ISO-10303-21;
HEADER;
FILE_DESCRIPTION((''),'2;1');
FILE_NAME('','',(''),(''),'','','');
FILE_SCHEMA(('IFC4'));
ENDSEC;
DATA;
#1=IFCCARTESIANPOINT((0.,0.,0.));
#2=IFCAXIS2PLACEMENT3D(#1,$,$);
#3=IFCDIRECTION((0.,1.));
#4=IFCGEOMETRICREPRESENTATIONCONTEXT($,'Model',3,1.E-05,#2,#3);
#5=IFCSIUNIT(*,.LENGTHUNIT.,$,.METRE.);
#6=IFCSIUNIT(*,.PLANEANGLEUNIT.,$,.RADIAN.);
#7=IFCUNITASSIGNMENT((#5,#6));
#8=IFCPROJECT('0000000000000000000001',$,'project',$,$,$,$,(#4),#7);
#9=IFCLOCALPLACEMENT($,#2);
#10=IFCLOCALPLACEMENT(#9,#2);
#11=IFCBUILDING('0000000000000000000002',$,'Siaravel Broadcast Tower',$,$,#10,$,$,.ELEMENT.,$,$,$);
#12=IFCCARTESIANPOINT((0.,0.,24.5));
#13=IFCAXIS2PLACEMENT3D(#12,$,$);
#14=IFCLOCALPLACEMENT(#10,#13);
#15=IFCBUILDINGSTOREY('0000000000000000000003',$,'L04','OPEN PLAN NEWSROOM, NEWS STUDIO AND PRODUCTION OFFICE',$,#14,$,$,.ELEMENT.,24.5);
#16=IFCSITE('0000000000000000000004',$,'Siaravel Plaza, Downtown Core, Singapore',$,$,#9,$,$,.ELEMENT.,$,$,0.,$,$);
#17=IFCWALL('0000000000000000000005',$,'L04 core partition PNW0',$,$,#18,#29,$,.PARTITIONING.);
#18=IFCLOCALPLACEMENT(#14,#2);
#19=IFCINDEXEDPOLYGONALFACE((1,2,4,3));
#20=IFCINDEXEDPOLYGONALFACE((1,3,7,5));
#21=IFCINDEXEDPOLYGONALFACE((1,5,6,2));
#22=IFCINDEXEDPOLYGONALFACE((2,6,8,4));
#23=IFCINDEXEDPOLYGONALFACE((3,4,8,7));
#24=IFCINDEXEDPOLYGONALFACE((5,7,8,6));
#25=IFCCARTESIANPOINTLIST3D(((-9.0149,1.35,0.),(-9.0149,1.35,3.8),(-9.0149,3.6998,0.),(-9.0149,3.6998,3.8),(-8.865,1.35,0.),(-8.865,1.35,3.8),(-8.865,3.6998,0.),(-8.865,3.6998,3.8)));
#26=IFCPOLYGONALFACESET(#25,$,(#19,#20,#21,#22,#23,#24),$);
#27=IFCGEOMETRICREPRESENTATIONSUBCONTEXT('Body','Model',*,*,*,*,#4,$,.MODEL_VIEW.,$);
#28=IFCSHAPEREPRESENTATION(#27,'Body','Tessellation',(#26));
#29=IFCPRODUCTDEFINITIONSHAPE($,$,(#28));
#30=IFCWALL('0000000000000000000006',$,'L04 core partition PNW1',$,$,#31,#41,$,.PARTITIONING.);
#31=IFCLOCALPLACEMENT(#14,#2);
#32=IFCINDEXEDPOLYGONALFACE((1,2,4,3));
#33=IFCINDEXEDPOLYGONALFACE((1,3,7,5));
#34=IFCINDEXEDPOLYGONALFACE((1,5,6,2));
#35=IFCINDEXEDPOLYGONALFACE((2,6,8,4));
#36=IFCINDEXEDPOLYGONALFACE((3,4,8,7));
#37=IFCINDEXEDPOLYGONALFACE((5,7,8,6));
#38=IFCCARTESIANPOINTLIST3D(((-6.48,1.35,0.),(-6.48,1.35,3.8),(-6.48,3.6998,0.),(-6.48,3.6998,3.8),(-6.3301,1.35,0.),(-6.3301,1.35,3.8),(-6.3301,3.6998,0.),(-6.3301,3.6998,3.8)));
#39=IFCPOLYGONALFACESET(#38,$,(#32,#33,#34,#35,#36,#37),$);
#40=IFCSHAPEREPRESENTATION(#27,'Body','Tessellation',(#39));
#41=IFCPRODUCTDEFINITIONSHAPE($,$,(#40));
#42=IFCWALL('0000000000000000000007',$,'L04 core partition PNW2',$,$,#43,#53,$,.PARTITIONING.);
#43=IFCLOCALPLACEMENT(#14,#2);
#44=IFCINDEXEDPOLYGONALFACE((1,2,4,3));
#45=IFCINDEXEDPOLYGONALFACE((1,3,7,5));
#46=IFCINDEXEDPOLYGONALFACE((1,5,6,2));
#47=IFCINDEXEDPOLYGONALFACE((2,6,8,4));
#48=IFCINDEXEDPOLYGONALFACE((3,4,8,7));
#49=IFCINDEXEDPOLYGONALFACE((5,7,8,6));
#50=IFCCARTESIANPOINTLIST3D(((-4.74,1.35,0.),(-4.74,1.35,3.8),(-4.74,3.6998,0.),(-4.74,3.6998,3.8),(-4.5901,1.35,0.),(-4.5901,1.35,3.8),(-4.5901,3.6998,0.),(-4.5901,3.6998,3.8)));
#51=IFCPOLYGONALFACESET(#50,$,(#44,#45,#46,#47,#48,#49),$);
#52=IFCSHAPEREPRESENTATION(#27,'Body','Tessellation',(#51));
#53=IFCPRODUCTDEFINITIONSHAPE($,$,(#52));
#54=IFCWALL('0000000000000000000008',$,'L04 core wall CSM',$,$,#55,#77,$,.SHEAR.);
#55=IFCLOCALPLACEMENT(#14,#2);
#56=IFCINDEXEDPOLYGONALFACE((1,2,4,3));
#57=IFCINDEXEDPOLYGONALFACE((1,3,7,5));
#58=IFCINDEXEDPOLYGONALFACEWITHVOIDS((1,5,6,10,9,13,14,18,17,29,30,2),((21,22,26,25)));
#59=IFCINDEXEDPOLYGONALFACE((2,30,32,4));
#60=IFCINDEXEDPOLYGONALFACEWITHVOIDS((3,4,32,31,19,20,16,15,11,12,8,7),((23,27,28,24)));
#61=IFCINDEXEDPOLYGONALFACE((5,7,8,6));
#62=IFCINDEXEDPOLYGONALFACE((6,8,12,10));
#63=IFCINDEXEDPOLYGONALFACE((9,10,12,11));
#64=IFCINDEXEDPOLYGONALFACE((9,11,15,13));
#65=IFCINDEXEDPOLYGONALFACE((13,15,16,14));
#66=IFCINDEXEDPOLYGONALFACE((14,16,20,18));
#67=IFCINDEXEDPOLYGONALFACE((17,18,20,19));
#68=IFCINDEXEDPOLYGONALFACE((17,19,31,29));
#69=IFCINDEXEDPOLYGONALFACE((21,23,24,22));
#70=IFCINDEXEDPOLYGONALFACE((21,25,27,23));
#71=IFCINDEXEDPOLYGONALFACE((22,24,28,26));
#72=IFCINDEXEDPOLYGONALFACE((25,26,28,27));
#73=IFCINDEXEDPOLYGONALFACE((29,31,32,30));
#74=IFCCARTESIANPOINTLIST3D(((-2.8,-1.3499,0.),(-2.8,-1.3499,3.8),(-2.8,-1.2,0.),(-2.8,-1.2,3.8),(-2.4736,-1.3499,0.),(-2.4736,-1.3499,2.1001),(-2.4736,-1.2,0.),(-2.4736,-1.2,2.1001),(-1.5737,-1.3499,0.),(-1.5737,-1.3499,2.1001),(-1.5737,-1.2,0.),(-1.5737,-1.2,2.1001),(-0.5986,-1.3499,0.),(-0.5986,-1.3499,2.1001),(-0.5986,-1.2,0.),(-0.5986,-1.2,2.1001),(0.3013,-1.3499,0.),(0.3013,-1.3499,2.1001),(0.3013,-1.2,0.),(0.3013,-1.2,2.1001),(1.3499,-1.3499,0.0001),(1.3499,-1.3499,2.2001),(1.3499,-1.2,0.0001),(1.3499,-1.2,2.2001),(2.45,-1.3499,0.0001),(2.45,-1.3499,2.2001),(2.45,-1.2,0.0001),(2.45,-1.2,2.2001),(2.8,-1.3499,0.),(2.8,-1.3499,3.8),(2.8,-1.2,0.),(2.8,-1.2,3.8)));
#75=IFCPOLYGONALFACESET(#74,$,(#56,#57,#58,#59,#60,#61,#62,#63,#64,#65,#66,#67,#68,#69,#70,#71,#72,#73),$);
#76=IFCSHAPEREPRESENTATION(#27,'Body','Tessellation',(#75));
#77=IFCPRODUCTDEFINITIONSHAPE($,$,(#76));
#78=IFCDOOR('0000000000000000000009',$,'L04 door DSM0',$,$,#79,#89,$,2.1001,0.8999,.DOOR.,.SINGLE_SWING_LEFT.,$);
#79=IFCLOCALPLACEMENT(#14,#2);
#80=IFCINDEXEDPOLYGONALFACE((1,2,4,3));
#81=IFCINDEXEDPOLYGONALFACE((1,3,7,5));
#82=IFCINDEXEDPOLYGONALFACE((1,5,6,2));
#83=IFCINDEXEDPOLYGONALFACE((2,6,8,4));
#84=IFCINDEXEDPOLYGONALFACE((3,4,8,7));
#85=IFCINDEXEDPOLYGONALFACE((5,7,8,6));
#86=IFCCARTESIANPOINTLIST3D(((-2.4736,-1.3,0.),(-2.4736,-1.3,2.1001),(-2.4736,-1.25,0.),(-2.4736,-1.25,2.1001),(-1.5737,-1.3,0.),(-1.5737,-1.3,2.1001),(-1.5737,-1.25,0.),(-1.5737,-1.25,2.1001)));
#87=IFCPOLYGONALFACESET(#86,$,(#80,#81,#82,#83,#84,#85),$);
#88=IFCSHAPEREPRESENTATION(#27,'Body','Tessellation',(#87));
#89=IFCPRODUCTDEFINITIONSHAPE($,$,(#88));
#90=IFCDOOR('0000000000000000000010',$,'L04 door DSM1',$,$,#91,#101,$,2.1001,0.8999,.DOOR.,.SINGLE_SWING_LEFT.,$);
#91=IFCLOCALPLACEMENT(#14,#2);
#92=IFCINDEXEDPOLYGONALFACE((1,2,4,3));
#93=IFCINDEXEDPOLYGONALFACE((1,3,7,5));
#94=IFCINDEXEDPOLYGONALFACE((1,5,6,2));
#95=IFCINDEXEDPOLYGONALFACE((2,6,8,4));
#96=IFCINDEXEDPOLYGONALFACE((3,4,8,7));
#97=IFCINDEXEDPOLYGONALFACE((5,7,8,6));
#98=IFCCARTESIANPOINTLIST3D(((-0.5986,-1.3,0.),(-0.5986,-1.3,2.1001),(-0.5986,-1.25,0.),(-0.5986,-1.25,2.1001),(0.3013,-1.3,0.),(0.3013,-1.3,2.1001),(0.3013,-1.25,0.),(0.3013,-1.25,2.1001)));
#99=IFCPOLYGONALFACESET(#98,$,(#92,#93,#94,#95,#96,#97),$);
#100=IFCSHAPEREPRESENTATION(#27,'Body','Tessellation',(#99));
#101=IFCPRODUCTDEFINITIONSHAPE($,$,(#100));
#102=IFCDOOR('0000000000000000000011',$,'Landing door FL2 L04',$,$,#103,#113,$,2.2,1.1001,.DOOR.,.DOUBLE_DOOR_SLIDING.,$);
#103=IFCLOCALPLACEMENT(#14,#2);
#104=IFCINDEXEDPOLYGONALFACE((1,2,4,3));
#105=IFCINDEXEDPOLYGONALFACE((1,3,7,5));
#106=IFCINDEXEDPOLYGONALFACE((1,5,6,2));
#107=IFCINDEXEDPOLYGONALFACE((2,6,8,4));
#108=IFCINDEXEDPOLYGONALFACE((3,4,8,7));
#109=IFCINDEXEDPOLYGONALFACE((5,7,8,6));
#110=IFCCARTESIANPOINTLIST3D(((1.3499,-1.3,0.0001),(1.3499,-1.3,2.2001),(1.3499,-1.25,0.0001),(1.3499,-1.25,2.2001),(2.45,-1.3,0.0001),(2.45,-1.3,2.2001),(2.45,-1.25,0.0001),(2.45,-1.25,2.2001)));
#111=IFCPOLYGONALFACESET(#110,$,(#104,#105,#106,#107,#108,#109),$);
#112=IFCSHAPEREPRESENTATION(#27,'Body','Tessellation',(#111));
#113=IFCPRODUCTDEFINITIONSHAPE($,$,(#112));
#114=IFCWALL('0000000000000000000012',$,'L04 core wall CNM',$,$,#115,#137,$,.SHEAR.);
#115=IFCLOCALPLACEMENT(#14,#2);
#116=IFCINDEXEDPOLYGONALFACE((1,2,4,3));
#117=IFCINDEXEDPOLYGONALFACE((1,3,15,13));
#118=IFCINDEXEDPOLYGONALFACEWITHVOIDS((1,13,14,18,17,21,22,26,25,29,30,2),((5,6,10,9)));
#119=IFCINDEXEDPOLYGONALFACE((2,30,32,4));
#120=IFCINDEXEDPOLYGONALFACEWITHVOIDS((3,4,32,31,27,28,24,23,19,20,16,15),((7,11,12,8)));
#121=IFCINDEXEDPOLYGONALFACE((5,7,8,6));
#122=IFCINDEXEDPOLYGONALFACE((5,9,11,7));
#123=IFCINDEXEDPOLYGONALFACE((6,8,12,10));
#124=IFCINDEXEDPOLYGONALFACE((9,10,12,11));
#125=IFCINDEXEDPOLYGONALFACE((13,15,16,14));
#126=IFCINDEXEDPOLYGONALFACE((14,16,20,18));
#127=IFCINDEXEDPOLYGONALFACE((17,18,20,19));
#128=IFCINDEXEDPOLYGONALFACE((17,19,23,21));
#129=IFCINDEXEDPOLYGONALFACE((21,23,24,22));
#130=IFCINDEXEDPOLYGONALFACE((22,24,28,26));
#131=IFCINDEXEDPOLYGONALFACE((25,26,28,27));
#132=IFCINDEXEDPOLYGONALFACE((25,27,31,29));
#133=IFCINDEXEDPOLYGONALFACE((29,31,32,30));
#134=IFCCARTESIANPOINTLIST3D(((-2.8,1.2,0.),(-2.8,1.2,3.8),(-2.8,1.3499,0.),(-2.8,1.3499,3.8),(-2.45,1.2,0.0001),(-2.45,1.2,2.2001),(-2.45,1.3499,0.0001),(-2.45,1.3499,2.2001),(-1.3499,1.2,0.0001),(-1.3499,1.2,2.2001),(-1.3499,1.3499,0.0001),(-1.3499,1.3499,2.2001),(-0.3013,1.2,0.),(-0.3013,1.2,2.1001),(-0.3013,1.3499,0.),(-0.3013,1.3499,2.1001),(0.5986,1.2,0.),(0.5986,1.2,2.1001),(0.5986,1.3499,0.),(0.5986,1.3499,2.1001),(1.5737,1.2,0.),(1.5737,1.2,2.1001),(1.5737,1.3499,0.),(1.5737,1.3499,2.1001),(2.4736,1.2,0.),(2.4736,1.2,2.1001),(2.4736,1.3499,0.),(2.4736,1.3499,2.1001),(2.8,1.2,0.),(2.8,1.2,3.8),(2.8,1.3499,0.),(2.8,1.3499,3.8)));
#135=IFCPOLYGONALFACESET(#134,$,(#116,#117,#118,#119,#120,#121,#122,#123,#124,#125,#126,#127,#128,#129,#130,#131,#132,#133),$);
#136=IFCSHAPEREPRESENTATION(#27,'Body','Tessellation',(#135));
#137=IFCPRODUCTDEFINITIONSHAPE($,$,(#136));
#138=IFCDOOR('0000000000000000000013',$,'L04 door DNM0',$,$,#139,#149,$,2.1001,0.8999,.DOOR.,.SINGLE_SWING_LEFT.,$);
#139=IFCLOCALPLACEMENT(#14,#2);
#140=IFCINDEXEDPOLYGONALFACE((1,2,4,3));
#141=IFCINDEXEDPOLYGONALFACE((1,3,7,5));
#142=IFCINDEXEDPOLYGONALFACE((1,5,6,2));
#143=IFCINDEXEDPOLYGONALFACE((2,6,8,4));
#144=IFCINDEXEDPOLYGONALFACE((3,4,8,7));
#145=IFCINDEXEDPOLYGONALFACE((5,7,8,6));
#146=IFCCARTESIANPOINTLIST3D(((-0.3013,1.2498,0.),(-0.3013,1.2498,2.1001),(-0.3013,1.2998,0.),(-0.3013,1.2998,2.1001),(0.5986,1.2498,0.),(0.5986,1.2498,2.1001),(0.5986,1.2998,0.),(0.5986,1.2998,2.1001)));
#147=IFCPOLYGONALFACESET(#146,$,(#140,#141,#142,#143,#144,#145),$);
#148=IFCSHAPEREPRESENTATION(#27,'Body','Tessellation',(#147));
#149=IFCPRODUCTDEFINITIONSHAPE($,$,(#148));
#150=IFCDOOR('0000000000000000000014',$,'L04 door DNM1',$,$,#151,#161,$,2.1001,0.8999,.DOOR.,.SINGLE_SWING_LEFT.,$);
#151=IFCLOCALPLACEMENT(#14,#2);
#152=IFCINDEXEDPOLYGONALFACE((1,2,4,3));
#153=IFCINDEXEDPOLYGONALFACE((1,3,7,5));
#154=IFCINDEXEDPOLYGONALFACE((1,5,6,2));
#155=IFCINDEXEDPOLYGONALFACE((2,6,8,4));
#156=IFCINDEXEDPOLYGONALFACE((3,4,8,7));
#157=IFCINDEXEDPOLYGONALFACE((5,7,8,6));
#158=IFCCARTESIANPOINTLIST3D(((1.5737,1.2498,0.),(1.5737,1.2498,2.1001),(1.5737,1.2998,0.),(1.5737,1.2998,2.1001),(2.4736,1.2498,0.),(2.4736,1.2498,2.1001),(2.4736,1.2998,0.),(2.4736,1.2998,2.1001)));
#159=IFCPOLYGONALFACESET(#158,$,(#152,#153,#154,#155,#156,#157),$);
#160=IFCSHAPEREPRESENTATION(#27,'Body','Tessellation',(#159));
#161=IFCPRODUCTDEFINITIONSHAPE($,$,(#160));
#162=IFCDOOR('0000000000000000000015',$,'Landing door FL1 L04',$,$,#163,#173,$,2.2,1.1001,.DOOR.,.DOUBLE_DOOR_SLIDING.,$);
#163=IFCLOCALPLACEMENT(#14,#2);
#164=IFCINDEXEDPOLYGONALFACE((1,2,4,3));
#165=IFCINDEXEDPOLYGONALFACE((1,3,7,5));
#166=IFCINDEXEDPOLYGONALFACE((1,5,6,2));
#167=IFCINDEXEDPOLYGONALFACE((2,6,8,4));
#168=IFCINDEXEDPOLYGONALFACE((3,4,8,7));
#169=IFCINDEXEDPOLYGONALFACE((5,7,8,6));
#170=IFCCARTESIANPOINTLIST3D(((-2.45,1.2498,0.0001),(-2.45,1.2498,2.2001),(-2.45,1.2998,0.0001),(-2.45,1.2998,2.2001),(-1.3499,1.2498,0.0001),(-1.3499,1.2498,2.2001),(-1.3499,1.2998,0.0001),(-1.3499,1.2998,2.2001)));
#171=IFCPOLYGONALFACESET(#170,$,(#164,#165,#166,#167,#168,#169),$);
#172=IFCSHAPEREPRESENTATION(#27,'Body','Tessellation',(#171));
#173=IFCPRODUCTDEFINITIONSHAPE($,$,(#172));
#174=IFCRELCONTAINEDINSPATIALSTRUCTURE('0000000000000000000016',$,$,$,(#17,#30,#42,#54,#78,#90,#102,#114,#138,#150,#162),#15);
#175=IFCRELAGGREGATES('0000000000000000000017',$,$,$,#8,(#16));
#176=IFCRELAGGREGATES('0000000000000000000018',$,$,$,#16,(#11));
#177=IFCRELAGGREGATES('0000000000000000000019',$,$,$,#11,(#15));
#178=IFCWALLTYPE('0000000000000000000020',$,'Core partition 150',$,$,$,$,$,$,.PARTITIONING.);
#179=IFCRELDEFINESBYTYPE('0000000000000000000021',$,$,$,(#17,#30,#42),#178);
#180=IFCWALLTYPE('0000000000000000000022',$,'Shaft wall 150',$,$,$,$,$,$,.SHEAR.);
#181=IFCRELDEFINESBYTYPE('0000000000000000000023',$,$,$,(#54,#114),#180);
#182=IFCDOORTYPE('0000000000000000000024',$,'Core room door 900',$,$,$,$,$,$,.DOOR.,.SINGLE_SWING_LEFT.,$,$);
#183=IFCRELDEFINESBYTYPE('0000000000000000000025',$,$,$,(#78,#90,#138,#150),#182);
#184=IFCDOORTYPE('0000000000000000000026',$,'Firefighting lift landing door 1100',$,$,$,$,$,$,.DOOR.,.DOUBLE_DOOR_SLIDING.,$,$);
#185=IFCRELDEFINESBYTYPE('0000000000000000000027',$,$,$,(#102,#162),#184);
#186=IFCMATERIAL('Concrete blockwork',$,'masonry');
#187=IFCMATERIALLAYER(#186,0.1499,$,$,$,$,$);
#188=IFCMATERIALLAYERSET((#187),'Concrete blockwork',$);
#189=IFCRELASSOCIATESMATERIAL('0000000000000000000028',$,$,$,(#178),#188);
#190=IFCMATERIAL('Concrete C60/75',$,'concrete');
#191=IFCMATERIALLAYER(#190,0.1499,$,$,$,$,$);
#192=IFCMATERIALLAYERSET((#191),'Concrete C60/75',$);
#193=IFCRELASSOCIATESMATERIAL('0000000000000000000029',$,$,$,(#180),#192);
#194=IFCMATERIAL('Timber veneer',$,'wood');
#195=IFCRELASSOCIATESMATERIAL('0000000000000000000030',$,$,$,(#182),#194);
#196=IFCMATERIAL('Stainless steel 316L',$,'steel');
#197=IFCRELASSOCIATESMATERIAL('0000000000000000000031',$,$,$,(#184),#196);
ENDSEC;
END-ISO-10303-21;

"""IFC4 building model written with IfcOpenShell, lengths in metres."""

from ifc_helpers import new_model, si_unit, direction, frame, frame_2d, origin, place, context, subcontext, project, spatial, rectangle, extrude, material, layer, layer_set, type_object, element, fill, save


model = new_model("IFC4")

# Units and contexts
model_context = context("Model", 3, precision=1e-05, world=origin(), true_north=direction((0.0, 1.0)))
body_context = subcontext(model_context, "Body", "Model", "MODEL_VIEW")
ifc_project = project(units=[si_unit("LENGTHUNIT", "METRE"), si_unit("PLANEANGLEUNIT", "RADIAN")], contexts=[model_context])

# Site, building, storey
site_placement = place(None, origin())
site = spatial("IfcSite", under=ifc_project, at=site_placement, Name="Siaravel Plaza, Downtown Core, Singapore", CompositionType="ELEMENT", RefElevation=0.0)
building_placement = place(site_placement, origin())
building = spatial("IfcBuilding", under=site, at=building_placement, Name="Siaravel Broadcast Tower", CompositionType="ELEMENT")
storey_placement = place(building_placement, frame((0.0, 0.0, 24.5)))
storey = spatial("IfcBuildingStorey", under=building, at=storey_placement, Name="L04", Description="OPEN PLAN NEWSROOM, NEWS STUDIO AND PRODUCTION OFFICE", CompositionType="ELEMENT", Elevation=24.5)

# Walls
ifc_material_1 = material(Name="Concrete blockwork", Category="masonry")
ifc_layer_1 = layer(ifc_material_1, 0.1499)
ifc_layer_set_1 = layer_set([ifc_layer_1], Name="Concrete blockwork")
wall_type_1 = type_object("IfcWallType", Name="Core partition 150", PredefinedType="PARTITIONING", material=ifc_layer_set_1)
for number, where, z_axis, x_axis, name in (
    (1, (-8.9399, 1.3501, 0.0), (0.0, 0.0, 1.0), (0.0, 1.0, 0.0), "L04 core partition PNW0"),
    (2, (-6.405, 1.3501, 0.0), (0.0, 0.0, 1.0), (0.0, 1.0, 0.0), "L04 core partition PNW1"),
    (3, (-4.665, 1.3501, 0.0), (0.0, 0.0, 1.0), (0.0, 1.0, 0.0), "L04 core partition PNW2"),
):
    element("IfcWall", number, at=place(storey_placement, frame(where, z_axis=z_axis, x_axis=x_axis)), inside=storey, type_object=wall_type_1, Name=name, PredefinedType="PARTITIONING", context=body_context, shape_type="SweptSolid", body=[
        extrude(rectangle(XDim=2.3499, YDim=0.1499, at=frame_2d((1.1748, 0.0))), origin(), (0.0, 0.0, 1.0), 3.8),
    ])

# Walls, openings, doors
ifc_material_2 = material(Name="Concrete C60/75", Category="concrete")
ifc_layer_2 = layer(ifc_material_2, 0.1499)
ifc_layer_set_2 = layer_set([ifc_layer_2], Name="Concrete C60/75")
wall_type_2 = type_object("IfcWallType", Name="Shaft wall 150", PredefinedType="SHEAR", material=ifc_layer_set_2)
wall_1_placement = place(storey_placement, frame((-2.8, -1.2749, 0.0), z_axis=(0.0, 0.0, 1.0), x_axis=(1.0, 0.0, 0.0)))
wall_1 = element("IfcWall", 4, at=wall_1_placement, inside=storey, type_object=wall_type_2, Name="L04 core wall CSM", PredefinedType="SHEAR", context=body_context, shape_type="SweptSolid", body=[
    extrude(rectangle(XDim=5.6001, YDim=0.1499, at=frame_2d((2.8, 0.0))), origin(), (0.0, 0.0, 1.0), 3.8),
])
opening_1_placement = place(wall_1_placement, frame((4.1499, 0.0, 0.0)))
opening_1 = element("IfcOpeningElement", 5, at=opening_1_placement, cuts=wall_1, PredefinedType="OPENING", context=body_context, shape_type="SweptSolid", body=[
    extrude(rectangle(XDim=1.1001, YDim=2.2, at=frame_2d((0.55, 1.1001))), frame((0.0, 0.085, 0.0), z_axis=(0.0, -1.0, 0.0), x_axis=(1.0, 0.0, 0.0)), (0.0, 0.0, 1.0), 0.1699),
])
opening_2_placement = place(wall_1_placement, frame((0.3264, 0.0, 0.0)))
opening_2 = element("IfcOpeningElement", 6, at=opening_2_placement, cuts=wall_1, PredefinedType="OPENING", context=body_context, shape_type="SweptSolid", body=[
    extrude(rectangle(XDim=0.8999, YDim=2.1001, at=frame_2d((0.45, 1.05))), frame((0.0, 0.085, 0.0), z_axis=(0.0, -1.0, 0.0), x_axis=(1.0, 0.0, 0.0)), (0.0, 0.0, 1.0), 0.1699),
])
opening_3_placement = place(wall_1_placement, frame((2.2014, 0.0, 0.0)))
opening_3 = element("IfcOpeningElement", 7, at=opening_3_placement, cuts=wall_1, PredefinedType="OPENING", context=body_context, shape_type="SweptSolid", body=[
    extrude(rectangle(XDim=0.8999, YDim=2.1001, at=frame_2d((0.45, 1.05))), frame((0.0, 0.085, 0.0), z_axis=(0.0, -1.0, 0.0), x_axis=(1.0, 0.0, 0.0)), (0.0, 0.0, 1.0), 0.1699),
])
ifc_material_3 = material(Name="Timber veneer", Category="wood")
door_type_1 = type_object("IfcDoorType", Name="Core room door 900", OperationType="SINGLE_SWING_LEFT", PredefinedType="DOOR", material=ifc_material_3)
door_1_placement = place(opening_2_placement, origin())
door_1 = element("IfcDoor", 8, at=door_1_placement, inside=storey, type_object=door_type_1, Name="L04 door DSM0", OperationType="SINGLE_SWING_LEFT", OverallHeight=2.1001, OverallWidth=0.8999, PredefinedType="DOOR", context=body_context, shape_type="SweptSolid", body=[
    extrude(rectangle(XDim=0.8999, YDim=2.1001, at=frame_2d((0.45, 1.05))), frame((0.0, 0.0249, 0.0), z_axis=(0.0, -1.0, 0.0), x_axis=(1.0, 0.0, 0.0)), (0.0, 0.0, 1.0), 0.05),
])
fill(opening_2, door_1)
door_2_placement = place(opening_3_placement, origin())
door_2 = element("IfcDoor", 9, at=door_2_placement, inside=storey, type_object=door_type_1, Name="L04 door DSM1", OperationType="SINGLE_SWING_LEFT", OverallHeight=2.1001, OverallWidth=0.8999, PredefinedType="DOOR", context=body_context, shape_type="SweptSolid", body=[
    extrude(rectangle(XDim=0.8999, YDim=2.1001, at=frame_2d((0.45, 1.05))), frame((0.0, 0.0249, 0.0), z_axis=(0.0, -1.0, 0.0), x_axis=(1.0, 0.0, 0.0)), (0.0, 0.0, 1.0), 0.05),
])
fill(opening_3, door_2)
ifc_material_4 = material(Name="Stainless steel 316L", Category="steel")
door_type_2 = type_object("IfcDoorType", Name="Firefighting lift landing door 1100", OperationType="DOUBLE_DOOR_SLIDING", PredefinedType="DOOR", material=ifc_material_4)
door_3_placement = place(opening_1_placement, origin())
door_3 = element("IfcDoor", 10, at=door_3_placement, inside=storey, type_object=door_type_2, Name="Landing door FL2 L04", OperationType="DOUBLE_DOOR_SLIDING", OverallHeight=2.2, OverallWidth=1.1001, PredefinedType="DOOR", context=body_context, shape_type="SweptSolid", body=[
    extrude(rectangle(XDim=1.1001, YDim=2.2, at=frame_2d((0.55, 1.1001))), frame((0.0, 0.0249, 0.0), z_axis=(0.0, -1.0, 0.0), x_axis=(1.0, 0.0, 0.0)), (0.0, 0.0, 1.0), 0.05),
])
fill(opening_1, door_3)
wall_2_placement = place(storey_placement, frame((-2.8, 1.2749, 0.0), z_axis=(0.0, 0.0, 1.0), x_axis=(1.0, 0.0, 0.0)))
wall_2 = element("IfcWall", 11, at=wall_2_placement, inside=storey, type_object=wall_type_2, Name="L04 core wall CNM", PredefinedType="SHEAR", context=body_context, shape_type="SweptSolid", body=[
    extrude(rectangle(XDim=5.6001, YDim=0.1499, at=frame_2d((2.8, 0.0))), origin(), (0.0, 0.0, 1.0), 3.8),
])
opening_4_placement = place(wall_2_placement, frame((0.3501, 0.0, 0.0)))
opening_4 = element("IfcOpeningElement", 12, at=opening_4_placement, cuts=wall_2, PredefinedType="OPENING", context=body_context, shape_type="SweptSolid", body=[
    extrude(rectangle(XDim=1.1001, YDim=2.2, at=frame_2d((0.55, 1.1001))), frame((0.0, 0.085, 0.0), z_axis=(0.0, -1.0, 0.0), x_axis=(1.0, 0.0, 0.0)), (0.0, 0.0, 1.0), 0.1699),
])
opening_5_placement = place(wall_2_placement, frame((2.4988, 0.0, 0.0)))
opening_5 = element("IfcOpeningElement", 13, at=opening_5_placement, cuts=wall_2, PredefinedType="OPENING", context=body_context, shape_type="SweptSolid", body=[
    extrude(rectangle(XDim=0.8999, YDim=2.1001, at=frame_2d((0.45, 1.05))), frame((0.0, 0.085, 0.0), z_axis=(0.0, -1.0, 0.0), x_axis=(1.0, 0.0, 0.0)), (0.0, 0.0, 1.0), 0.1699),
])
opening_6_placement = place(wall_2_placement, frame((4.3738, 0.0, 0.0)))
opening_6 = element("IfcOpeningElement", 14, at=opening_6_placement, cuts=wall_2, PredefinedType="OPENING", context=body_context, shape_type="SweptSolid", body=[
    extrude(rectangle(XDim=0.8999, YDim=2.1001, at=frame_2d((0.45, 1.05))), frame((0.0, 0.085, 0.0), z_axis=(0.0, -1.0, 0.0), x_axis=(1.0, 0.0, 0.0)), (0.0, 0.0, 1.0), 0.1699),
])
door_4_placement = place(opening_5_placement, origin())
door_4 = element("IfcDoor", 15, at=door_4_placement, inside=storey, type_object=door_type_1, Name="L04 door DNM0", OperationType="SINGLE_SWING_LEFT", OverallHeight=2.1001, OverallWidth=0.8999, PredefinedType="DOOR", context=body_context, shape_type="SweptSolid", body=[
    extrude(rectangle(XDim=0.8999, YDim=2.1001, at=frame_2d((0.45, 1.05))), frame((0.0, 0.0249, 0.0), z_axis=(0.0, -1.0, 0.0), x_axis=(1.0, 0.0, 0.0)), (0.0, 0.0, 1.0), 0.05),
])
fill(opening_5, door_4)
door_5_placement = place(opening_6_placement, origin())
door_5 = element("IfcDoor", 16, at=door_5_placement, inside=storey, type_object=door_type_1, Name="L04 door DNM1", OperationType="SINGLE_SWING_LEFT", OverallHeight=2.1001, OverallWidth=0.8999, PredefinedType="DOOR", context=body_context, shape_type="SweptSolid", body=[
    extrude(rectangle(XDim=0.8999, YDim=2.1001, at=frame_2d((0.45, 1.05))), frame((0.0, 0.0249, 0.0), z_axis=(0.0, -1.0, 0.0), x_axis=(1.0, 0.0, 0.0)), (0.0, 0.0, 1.0), 0.05),
])
fill(opening_6, door_5)
door_6_placement = place(opening_4_placement, origin())
door_6 = element("IfcDoor", 17, at=door_6_placement, inside=storey, type_object=door_type_2, Name="Landing door FL1 L04", OperationType="DOUBLE_DOOR_SLIDING", OverallHeight=2.2, OverallWidth=1.1001, PredefinedType="DOOR", context=body_context, shape_type="SweptSolid", body=[
    extrude(rectangle(XDim=1.1001, YDim=2.2, at=frame_2d((0.55, 1.1001))), frame((0.0, 0.0249, 0.0), z_axis=(0.0, -1.0, 0.0), x_axis=(1.0, 0.0, 0.0)), (0.0, 0.0, 1.0), 0.05),
])
fill(opening_4, door_6)

save(model, "model.ifc")
